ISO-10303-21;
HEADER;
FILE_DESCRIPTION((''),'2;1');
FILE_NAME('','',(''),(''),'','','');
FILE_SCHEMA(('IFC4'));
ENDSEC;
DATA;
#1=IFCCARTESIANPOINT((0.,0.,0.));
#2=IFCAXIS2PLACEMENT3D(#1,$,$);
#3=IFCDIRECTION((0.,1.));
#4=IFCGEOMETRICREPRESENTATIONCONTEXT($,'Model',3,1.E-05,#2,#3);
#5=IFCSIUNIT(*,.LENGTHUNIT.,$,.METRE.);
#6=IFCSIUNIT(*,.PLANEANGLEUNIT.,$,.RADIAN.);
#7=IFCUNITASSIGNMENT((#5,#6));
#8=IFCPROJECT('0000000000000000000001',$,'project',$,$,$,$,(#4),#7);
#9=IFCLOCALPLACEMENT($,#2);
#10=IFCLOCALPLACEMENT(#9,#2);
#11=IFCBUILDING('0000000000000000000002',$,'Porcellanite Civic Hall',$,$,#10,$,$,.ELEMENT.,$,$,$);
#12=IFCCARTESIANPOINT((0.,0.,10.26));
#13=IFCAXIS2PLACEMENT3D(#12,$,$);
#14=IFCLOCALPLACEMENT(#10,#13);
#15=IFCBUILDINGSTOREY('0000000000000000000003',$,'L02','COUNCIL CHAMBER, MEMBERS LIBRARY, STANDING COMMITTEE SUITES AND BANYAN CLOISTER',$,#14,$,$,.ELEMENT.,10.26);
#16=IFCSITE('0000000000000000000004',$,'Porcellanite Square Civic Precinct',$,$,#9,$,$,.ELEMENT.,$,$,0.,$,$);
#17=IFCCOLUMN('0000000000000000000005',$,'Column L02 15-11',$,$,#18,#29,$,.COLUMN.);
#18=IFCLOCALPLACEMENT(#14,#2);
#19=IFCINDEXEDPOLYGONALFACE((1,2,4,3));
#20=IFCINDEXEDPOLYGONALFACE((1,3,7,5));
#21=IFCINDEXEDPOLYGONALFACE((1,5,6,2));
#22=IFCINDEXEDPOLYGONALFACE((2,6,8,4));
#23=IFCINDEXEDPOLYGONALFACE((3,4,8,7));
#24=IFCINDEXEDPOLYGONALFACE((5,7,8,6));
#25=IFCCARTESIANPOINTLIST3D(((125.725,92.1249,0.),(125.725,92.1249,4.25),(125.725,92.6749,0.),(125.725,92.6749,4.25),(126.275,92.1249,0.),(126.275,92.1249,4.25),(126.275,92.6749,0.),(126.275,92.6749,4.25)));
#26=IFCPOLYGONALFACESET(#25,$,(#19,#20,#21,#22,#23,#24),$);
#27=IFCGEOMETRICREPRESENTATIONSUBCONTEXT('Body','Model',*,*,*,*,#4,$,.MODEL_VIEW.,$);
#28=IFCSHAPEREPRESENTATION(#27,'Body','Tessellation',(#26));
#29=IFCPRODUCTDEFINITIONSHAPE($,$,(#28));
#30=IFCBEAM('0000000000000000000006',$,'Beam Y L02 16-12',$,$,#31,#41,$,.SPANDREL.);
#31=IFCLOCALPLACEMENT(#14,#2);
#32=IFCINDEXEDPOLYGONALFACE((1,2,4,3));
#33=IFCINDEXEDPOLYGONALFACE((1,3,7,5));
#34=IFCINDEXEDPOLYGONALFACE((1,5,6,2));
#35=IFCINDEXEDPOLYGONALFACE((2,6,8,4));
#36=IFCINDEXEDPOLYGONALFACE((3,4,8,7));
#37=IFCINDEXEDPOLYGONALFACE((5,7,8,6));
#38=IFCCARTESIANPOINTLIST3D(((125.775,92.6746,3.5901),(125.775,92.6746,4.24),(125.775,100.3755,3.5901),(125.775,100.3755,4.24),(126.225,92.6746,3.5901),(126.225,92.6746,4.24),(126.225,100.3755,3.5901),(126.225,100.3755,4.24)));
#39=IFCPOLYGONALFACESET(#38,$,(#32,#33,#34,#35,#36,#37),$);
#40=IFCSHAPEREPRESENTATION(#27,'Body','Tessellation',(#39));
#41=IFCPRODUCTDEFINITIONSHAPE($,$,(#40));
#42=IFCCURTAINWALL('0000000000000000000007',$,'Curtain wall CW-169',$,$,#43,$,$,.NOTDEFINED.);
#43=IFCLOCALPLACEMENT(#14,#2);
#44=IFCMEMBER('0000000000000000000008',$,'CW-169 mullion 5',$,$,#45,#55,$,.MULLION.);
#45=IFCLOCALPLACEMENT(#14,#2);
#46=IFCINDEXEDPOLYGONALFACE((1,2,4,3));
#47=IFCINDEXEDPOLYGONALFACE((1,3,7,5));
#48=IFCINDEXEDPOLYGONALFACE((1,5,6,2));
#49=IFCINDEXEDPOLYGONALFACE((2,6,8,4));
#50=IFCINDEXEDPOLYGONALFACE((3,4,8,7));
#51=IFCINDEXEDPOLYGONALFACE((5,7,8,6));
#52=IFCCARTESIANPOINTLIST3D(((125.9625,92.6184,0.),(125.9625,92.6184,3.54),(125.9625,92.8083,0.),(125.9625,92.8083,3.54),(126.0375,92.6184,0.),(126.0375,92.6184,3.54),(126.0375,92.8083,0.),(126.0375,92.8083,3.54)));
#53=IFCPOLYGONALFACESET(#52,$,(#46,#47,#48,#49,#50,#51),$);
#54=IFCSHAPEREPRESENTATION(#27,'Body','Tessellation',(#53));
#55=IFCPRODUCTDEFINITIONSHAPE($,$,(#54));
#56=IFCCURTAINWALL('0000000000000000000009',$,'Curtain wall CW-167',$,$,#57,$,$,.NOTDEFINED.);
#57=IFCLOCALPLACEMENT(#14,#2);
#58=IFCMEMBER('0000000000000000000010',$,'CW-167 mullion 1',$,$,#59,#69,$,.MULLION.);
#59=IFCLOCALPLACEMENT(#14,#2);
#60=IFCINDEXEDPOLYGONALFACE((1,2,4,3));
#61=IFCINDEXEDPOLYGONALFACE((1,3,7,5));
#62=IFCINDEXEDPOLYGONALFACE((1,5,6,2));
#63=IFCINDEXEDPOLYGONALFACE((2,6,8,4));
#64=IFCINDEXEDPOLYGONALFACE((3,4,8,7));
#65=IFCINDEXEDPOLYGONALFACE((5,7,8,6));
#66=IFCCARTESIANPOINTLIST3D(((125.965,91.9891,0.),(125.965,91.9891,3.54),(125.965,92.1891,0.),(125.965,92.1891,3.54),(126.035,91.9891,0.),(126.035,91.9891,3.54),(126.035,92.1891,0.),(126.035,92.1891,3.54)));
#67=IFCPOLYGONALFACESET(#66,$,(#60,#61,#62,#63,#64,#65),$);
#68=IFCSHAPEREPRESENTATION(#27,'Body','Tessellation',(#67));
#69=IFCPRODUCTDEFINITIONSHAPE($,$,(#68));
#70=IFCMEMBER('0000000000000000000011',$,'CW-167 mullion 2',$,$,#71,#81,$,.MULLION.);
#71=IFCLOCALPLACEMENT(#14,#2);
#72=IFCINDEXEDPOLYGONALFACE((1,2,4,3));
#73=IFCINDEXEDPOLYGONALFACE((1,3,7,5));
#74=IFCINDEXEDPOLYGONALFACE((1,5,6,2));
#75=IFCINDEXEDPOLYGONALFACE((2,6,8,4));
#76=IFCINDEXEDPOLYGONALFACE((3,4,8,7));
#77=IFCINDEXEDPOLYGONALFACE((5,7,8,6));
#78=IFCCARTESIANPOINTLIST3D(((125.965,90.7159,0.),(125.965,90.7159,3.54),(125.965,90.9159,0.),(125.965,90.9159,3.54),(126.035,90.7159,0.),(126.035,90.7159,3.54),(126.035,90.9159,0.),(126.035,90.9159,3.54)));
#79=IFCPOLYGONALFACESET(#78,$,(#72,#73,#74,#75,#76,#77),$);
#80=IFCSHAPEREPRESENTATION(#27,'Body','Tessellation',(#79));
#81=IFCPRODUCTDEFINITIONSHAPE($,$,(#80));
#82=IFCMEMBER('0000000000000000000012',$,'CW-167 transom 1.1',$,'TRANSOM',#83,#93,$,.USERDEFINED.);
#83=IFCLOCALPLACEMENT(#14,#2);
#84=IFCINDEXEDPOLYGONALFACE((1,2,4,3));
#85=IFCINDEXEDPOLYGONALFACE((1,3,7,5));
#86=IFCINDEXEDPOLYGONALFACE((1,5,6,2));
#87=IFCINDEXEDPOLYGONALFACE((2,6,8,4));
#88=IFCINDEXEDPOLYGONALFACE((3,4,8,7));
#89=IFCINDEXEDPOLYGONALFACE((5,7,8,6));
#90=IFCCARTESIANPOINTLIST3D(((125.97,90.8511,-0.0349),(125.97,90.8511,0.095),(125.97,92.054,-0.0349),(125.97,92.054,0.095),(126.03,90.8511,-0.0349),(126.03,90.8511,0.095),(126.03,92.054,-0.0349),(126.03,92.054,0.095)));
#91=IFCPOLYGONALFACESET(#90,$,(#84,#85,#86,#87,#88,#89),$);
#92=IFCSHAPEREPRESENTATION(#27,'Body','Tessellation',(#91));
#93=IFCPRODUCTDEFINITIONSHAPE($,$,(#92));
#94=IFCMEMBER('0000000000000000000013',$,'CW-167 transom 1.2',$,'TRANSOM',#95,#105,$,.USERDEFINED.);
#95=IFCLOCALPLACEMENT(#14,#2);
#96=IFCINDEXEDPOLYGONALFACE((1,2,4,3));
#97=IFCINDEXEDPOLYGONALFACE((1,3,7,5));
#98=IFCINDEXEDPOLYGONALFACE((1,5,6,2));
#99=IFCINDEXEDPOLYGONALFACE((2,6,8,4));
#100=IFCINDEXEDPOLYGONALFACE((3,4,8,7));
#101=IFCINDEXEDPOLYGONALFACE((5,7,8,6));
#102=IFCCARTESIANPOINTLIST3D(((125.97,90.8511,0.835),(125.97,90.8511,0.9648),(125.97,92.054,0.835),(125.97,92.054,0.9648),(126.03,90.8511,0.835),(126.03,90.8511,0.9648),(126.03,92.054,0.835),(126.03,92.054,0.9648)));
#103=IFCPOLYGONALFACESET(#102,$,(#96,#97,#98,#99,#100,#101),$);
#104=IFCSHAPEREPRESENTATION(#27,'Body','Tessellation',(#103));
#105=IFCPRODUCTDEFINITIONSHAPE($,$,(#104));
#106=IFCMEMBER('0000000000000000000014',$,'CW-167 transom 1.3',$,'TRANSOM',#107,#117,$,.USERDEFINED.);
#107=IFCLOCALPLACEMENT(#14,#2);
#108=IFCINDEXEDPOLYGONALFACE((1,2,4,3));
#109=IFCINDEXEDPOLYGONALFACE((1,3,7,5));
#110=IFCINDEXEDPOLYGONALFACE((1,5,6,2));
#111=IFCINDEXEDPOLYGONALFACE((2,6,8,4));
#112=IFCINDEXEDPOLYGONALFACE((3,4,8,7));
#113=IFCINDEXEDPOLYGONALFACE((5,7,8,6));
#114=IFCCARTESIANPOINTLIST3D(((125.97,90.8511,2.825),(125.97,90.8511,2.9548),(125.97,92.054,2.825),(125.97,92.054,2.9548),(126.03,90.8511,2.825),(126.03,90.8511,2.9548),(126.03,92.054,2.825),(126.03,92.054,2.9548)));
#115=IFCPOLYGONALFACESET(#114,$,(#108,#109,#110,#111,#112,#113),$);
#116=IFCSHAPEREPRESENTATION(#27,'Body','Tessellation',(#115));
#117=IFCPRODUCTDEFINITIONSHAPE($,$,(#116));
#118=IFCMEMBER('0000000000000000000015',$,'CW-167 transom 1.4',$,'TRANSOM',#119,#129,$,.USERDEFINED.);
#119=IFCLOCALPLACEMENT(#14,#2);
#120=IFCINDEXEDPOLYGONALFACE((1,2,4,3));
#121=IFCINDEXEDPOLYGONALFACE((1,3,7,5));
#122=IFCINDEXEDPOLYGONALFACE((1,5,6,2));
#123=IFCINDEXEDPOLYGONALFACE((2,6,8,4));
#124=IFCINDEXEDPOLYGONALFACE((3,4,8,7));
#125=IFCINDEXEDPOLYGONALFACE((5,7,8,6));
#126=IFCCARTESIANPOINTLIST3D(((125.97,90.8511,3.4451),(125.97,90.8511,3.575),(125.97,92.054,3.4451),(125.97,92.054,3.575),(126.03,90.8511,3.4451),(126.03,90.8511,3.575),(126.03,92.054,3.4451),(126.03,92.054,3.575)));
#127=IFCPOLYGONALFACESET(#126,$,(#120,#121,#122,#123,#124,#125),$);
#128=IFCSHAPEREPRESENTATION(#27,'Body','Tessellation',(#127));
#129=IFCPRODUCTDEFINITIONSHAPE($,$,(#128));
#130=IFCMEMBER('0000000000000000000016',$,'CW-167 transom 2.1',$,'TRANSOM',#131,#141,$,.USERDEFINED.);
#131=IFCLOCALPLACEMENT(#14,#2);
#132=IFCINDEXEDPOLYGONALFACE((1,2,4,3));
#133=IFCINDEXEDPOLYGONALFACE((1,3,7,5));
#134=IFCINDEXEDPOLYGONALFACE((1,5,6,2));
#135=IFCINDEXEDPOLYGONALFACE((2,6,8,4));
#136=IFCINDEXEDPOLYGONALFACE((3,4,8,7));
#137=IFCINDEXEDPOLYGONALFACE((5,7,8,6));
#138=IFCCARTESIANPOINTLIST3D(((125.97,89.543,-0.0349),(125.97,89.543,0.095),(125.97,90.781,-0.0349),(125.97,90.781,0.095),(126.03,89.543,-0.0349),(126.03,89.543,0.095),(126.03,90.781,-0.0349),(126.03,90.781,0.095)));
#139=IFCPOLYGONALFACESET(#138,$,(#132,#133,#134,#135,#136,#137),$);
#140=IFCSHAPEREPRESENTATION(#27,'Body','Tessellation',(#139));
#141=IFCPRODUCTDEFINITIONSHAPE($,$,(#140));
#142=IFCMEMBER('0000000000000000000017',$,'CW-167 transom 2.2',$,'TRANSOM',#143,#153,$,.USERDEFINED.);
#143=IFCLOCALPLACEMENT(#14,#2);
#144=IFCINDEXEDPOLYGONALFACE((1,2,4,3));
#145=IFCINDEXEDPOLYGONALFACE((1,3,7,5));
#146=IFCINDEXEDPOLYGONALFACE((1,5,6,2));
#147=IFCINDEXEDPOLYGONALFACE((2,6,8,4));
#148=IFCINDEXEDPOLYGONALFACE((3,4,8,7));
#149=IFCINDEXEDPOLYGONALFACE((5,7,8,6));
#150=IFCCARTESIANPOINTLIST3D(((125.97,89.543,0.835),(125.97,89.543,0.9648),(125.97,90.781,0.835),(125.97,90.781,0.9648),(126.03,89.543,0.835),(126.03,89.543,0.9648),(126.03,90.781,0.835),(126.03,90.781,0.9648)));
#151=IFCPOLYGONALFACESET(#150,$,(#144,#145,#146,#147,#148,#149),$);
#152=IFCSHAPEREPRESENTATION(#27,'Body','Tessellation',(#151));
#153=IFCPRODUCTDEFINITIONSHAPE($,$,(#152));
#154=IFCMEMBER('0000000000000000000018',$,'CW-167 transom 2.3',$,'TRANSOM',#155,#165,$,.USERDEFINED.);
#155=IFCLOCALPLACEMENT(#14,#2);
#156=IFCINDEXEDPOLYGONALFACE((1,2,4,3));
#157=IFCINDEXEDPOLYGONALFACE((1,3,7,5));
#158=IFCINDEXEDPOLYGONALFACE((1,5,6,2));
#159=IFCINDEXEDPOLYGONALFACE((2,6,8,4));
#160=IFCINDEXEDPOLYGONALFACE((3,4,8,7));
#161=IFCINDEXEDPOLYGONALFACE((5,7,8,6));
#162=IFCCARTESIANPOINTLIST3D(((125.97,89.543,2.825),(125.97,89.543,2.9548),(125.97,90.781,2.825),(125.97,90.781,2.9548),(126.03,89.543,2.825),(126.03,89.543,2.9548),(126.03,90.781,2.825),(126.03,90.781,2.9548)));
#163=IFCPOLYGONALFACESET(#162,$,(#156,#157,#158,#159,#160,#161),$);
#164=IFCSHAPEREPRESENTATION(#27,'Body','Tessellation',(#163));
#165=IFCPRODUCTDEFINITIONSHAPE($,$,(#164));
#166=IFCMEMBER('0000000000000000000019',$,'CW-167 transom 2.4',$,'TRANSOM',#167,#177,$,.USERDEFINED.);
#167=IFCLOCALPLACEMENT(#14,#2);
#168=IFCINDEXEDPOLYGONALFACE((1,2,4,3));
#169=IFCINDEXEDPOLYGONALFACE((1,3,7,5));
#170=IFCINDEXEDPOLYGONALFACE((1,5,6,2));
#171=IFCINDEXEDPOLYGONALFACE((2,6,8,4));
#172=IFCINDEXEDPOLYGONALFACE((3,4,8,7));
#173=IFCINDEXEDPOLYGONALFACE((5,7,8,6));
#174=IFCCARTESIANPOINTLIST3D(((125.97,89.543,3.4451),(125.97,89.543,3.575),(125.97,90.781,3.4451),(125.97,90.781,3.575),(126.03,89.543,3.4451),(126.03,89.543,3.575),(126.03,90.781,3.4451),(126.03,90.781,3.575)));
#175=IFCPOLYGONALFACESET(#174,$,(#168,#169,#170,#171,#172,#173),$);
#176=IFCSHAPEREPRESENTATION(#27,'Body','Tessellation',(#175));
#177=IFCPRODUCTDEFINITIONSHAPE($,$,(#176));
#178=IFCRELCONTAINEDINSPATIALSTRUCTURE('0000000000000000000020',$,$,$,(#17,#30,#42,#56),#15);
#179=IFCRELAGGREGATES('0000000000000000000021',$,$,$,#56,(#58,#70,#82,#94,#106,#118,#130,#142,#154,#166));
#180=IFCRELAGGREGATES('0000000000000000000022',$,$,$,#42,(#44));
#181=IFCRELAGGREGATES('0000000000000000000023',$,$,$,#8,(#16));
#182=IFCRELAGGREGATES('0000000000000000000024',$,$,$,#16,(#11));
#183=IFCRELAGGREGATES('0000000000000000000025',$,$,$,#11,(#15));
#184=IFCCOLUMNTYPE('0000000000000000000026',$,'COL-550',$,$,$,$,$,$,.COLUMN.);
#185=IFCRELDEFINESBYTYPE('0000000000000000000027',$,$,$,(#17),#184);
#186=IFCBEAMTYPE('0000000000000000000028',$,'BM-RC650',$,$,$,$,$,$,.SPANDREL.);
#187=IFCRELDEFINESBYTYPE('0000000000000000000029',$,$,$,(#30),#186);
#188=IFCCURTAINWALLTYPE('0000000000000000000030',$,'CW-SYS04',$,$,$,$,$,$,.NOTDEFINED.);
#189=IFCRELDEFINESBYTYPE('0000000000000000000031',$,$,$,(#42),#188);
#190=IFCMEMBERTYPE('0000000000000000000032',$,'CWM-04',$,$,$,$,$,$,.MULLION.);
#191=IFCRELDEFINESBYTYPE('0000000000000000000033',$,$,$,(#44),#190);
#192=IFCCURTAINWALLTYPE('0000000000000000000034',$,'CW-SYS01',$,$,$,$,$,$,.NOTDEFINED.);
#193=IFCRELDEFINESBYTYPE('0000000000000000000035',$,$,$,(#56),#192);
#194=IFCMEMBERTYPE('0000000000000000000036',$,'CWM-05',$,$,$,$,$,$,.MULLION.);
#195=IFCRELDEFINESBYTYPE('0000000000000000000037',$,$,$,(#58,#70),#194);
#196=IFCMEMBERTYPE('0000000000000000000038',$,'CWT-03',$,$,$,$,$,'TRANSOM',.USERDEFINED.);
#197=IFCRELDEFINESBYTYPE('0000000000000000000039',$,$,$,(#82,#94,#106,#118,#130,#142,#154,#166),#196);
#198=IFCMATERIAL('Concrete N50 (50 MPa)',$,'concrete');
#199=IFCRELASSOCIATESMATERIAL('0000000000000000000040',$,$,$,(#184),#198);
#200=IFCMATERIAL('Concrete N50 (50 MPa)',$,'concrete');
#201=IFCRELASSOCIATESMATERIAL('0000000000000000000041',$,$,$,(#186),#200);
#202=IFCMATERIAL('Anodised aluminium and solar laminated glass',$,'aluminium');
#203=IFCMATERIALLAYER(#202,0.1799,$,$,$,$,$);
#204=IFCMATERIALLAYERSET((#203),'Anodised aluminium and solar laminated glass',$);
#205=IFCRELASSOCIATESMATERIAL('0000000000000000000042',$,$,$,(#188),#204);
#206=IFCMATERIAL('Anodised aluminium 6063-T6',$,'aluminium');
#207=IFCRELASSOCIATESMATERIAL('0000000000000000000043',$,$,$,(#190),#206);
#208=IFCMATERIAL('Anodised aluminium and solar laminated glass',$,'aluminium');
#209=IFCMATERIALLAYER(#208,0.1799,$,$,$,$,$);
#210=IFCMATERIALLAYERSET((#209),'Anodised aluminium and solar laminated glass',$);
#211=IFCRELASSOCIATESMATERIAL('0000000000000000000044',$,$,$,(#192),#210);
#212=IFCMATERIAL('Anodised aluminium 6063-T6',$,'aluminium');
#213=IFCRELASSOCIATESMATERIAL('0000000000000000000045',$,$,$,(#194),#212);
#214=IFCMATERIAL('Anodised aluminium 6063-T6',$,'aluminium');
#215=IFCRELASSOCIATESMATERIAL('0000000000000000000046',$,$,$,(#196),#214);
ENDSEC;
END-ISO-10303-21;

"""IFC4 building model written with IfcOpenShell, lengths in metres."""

from ifc_helpers import new_model, si_unit, direction, frame, origin, origin_2d, place, context, subcontext, project, spatial, rectangle, extrude, material, layer, layer_set, material_profile, profile_set, type_object, element, aggregate, save


model = new_model("IFC4")

# Units and contexts
model_context = context("Model", 3, precision=1e-05, world=origin(), true_north=direction((0.0, 1.0)))
body_context = subcontext(model_context, "Body", "Model", "MODEL_VIEW")
ifc_project = project(units=[si_unit("LENGTHUNIT", "METRE"), si_unit("PLANEANGLEUNIT", "RADIAN")], contexts=[model_context])

# Site, building, storey
site_placement = place(None, origin())
site = spatial("IfcSite", under=ifc_project, at=site_placement, Name="Porcellanite Square Civic Precinct", CompositionType="ELEMENT", RefElevation=0.0)
building_placement = place(site_placement, origin())
building = spatial("IfcBuilding", under=site, at=building_placement, Name="Porcellanite Civic Hall", CompositionType="ELEMENT")
storey_placement = place(building_placement, frame((0.0, 0.0, 10.26)))
storey = spatial("IfcBuildingStorey", under=building, at=storey_placement, Name="L02", Description="COUNCIL CHAMBER, MEMBERS LIBRARY, STANDING COMMITTEE SUITES AND BANYAN CLOISTER", CompositionType="ELEMENT", Elevation=10.26)

# Column
ifc_material_1 = material(Name="Concrete N50 (50 MPa)", Category="concrete")
ifc_material_profile_1 = material_profile(ifc_material_1, rectangle(XDim=0.55, YDim=0.55, at=origin_2d()), Name="RC-550x550")
ifc_profile_set_1 = profile_set([ifc_material_profile_1], Name="Concrete N50 (50 MPa)")
column_type = type_object("IfcColumnType", Name="COL-550", PredefinedType="COLUMN", material=ifc_profile_set_1)
column_placement = place(storey_placement, frame((126.0, 92.3999, 0.0), z_axis=(0.0, 0.0, 1.0), x_axis=(1.0, 0.0, 0.0)))
element("IfcColumn", 1, at=column_placement, inside=storey, type_object=column_type, Name="Column L02 15-11", PredefinedType="COLUMN", context=body_context, shape_type="SweptSolid", body=[
    extrude(rectangle(XDim=0.55, YDim=0.55, at=origin_2d()), origin(), (0.0, 0.0, 1.0), 4.25),
])

# Beam
ifc_material_2 = material(Name="Concrete N50 (50 MPa)", Category="concrete")
ifc_material_profile_2 = material_profile(ifc_material_2, rectangle(XDim=0.45, YDim=0.6499, at=origin_2d()), Name="RC-450x650")
ifc_profile_set_2 = profile_set([ifc_material_profile_2], Name="Concrete N50 (50 MPa)")
beam_type = type_object("IfcBeamType", Name="BM-RC650", PredefinedType="SPANDREL", material=ifc_profile_set_2)
beam_placement = place(storey_placement, frame((126.0, 92.6746, 3.915), z_axis=(0.0, 1.0, 0.0), x_axis=(-1.0, 0.0, 0.0)))
element("IfcBeam", 2, at=beam_placement, inside=storey, type_object=beam_type, Name="Beam Y L02 16-12", PredefinedType="SPANDREL", context=body_context, shape_type="SweptSolid", body=[
    extrude(rectangle(XDim=0.45, YDim=0.6499, at=origin_2d()), origin(), (0.0, 0.0, 1.0), 7.7009),
])

# Curtain wall, member
ifc_material_3 = material(Name="Anodised aluminium and solar laminated glass", Category="aluminium")
ifc_layer_1 = layer(ifc_material_3, 0.1799)
ifc_layer_set_1 = layer_set([ifc_layer_1], Name="Anodised aluminium and solar laminated glass")
curtain_wall_type_1 = type_object("IfcCurtainWallType", Name="CW-SYS04", PredefinedType="NOTDEFINED", material=ifc_layer_set_1)
curtain_wall_1_placement = place(storey_placement, origin())
curtain_wall_1 = element("IfcCurtainWall", 3, at=curtain_wall_1_placement, inside=storey, type_object=curtain_wall_type_1, Name="Curtain wall CW-169", PredefinedType="NOTDEFINED")
ifc_material_4 = material(Name="Anodised aluminium 6063-T6", Category="aluminium")
ifc_material_profile_3 = material_profile(ifc_material_4, rectangle(XDim=0.075, YDim=0.1899, at=origin_2d()), Name="AL-75x190")
ifc_profile_set_3 = profile_set([ifc_material_profile_3], Name="Anodised aluminium 6063-T6")
member_type_1 = type_object("IfcMemberType", Name="CWM-04", PredefinedType="MULLION", material=ifc_profile_set_3)
member_1_placement = place(storey_placement, frame((126.0, 92.7134, 0.0), z_axis=(0.0, 0.0, 1.0), x_axis=(1.0, 0.0, 0.0)))
member_1 = element("IfcMember", 4, at=member_1_placement, type_object=member_type_1, Name="CW-169 mullion 5", PredefinedType="MULLION", context=body_context, shape_type="SweptSolid", body=[
    extrude(rectangle(XDim=0.075, YDim=0.1899, at=origin_2d()), origin(), (0.0, 0.0, 1.0), 3.54),
])

# Curtain wall, members
ifc_material_5 = material(Name="Anodised aluminium and solar laminated glass", Category="aluminium")
ifc_layer_2 = layer(ifc_material_5, 0.1799)
ifc_layer_set_2 = layer_set([ifc_layer_2], Name="Anodised aluminium and solar laminated glass")
curtain_wall_type_2 = type_object("IfcCurtainWallType", Name="CW-SYS01", PredefinedType="NOTDEFINED", material=ifc_layer_set_2)
curtain_wall_2_placement = place(storey_placement, origin())
curtain_wall_2 = element("IfcCurtainWall", 5, at=curtain_wall_2_placement, inside=storey, type_object=curtain_wall_type_2, Name="Curtain wall CW-167", PredefinedType="NOTDEFINED")
ifc_material_6 = material(Name="Anodised aluminium 6063-T6", Category="aluminium")
ifc_material_profile_4 = material_profile(ifc_material_6, rectangle(XDim=0.0701, YDim=0.2, at=origin_2d()), Name="AL-70x200")
ifc_profile_set_4 = profile_set([ifc_material_profile_4], Name="Anodised aluminium 6063-T6")
member_type_2 = type_object("IfcMemberType", Name="CWM-05", PredefinedType="MULLION", material=ifc_profile_set_4)
member_2_placement = place(storey_placement, frame((126.0, 92.0891, 0.0), z_axis=(0.0, 0.0, 1.0), x_axis=(1.0, 0.0, 0.0)))
member_2 = element("IfcMember", 6, at=member_2_placement, type_object=member_type_2, Name="CW-167 mullion 1", PredefinedType="MULLION", context=body_context, shape_type="SweptSolid", body=[
    extrude(rectangle(XDim=0.0701, YDim=0.2, at=origin_2d()), origin(), (0.0, 0.0, 1.0), 3.54),
])
member_3_placement = place(storey_placement, frame((126.0, 90.8159, 0.0), z_axis=(0.0, 0.0, 1.0), x_axis=(1.0, 0.0, 0.0)))
member_3 = element("IfcMember", 7, at=member_3_placement, type_object=member_type_2, Name="CW-167 mullion 2", PredefinedType="MULLION", context=body_context, shape_type="SweptSolid", body=[
    extrude(rectangle(XDim=0.0701, YDim=0.2, at=origin_2d()), origin(), (0.0, 0.0, 1.0), 3.54),
])
ifc_material_7 = material(Name="Anodised aluminium 6063-T6", Category="aluminium")
ifc_material_profile_5 = material_profile(ifc_material_7, rectangle(XDim=0.0601, YDim=0.1299, at=origin_2d()), Name="AL-60x130")
ifc_profile_set_5 = profile_set([ifc_material_profile_5], Name="Anodised aluminium 6063-T6")
member_type_3 = type_object("IfcMemberType", Name="CWT-03", ElementType="TRANSOM", PredefinedType="USERDEFINED", material=ifc_profile_set_5)
member_4_placement = place(storey_placement, frame((126.0, 92.054, 0.03), z_axis=(0.0, -1.0, 0.0), x_axis=(1.0, 0.0, 0.0)))
member_4 = element("IfcMember", 8, at=member_4_placement, type_object=member_type_3, Name="CW-167 transom 1.1", ObjectType="TRANSOM", PredefinedType="USERDEFINED", context=body_context, shape_type="SweptSolid", body=[
    extrude(rectangle(XDim=0.0601, YDim=0.1299, at=origin_2d()), origin(), (0.0, 0.0, 1.0), 1.2029),
])
member_5_placement = place(storey_placement, frame((126.0, 92.054, 0.8999), z_axis=(0.0, -1.0, 0.0), x_axis=(1.0, 0.0, 0.0)))
member_5 = element("IfcMember", 9, at=member_5_placement, type_object=member_type_3, Name="CW-167 transom 1.2", ObjectType="TRANSOM", PredefinedType="USERDEFINED", context=body_context, shape_type="SweptSolid", body=[
    extrude(rectangle(XDim=0.0601, YDim=0.1299, at=origin_2d()), origin(), (0.0, 0.0, 1.0), 1.2029),
])
member_6_placement = place(storey_placement, frame((126.0, 92.054, 2.8899), z_axis=(0.0, -1.0, 0.0), x_axis=(1.0, 0.0, 0.0)))
member_6 = element("IfcMember", 10, at=member_6_placement, type_object=member_type_3, Name="CW-167 transom 1.3", ObjectType="TRANSOM", PredefinedType="USERDEFINED", context=body_context, shape_type="SweptSolid", body=[
    extrude(rectangle(XDim=0.0601, YDim=0.1299, at=origin_2d()), origin(), (0.0, 0.0, 1.0), 1.2029),
])
member_7_placement = place(storey_placement, frame((126.0, 92.054, 3.51), z_axis=(0.0, -1.0, 0.0), x_axis=(1.0, 0.0, 0.0)))
member_7 = element("IfcMember", 11, at=member_7_placement, type_object=member_type_3, Name="CW-167 transom 1.4", ObjectType="TRANSOM", PredefinedType="USERDEFINED", context=body_context, shape_type="SweptSolid", body=[
    extrude(rectangle(XDim=0.0601, YDim=0.1299, at=origin_2d()), origin(), (0.0, 0.0, 1.0), 1.2029),
])
member_8_placement = place(storey_placement, frame((126.0, 90.781, 0.03), z_axis=(0.0, -1.0, 0.0), x_axis=(1.0, 0.0, 0.0)))
member_8 = element("IfcMember", 12, at=member_8_placement, type_object=member_type_3, Name="CW-167 transom 2.1", ObjectType="TRANSOM", PredefinedType="USERDEFINED", context=body_context, shape_type="SweptSolid", body=[
    extrude(rectangle(XDim=0.0601, YDim=0.1299, at=origin_2d()), origin(), (0.0, 0.0, 1.0), 1.238),
])
member_9_placement = place(storey_placement, frame((126.0, 90.781, 0.8999), z_axis=(0.0, -1.0, 0.0), x_axis=(1.0, 0.0, 0.0)))
member_9 = element("IfcMember", 13, at=member_9_placement, type_object=member_type_3, Name="CW-167 transom 2.2", ObjectType="TRANSOM", PredefinedType="USERDEFINED", context=body_context, shape_type="SweptSolid", body=[
    extrude(rectangle(XDim=0.0601, YDim=0.1299, at=origin_2d()), origin(), (0.0, 0.0, 1.0), 1.238),
])
member_10_placement = place(storey_placement, frame((126.0, 90.781, 2.8899), z_axis=(0.0, -1.0, 0.0), x_axis=(1.0, 0.0, 0.0)))
member_10 = element("IfcMember", 14, at=member_10_placement, type_object=member_type_3, Name="CW-167 transom 2.3", ObjectType="TRANSOM", PredefinedType="USERDEFINED", context=body_context, shape_type="SweptSolid", body=[
    extrude(rectangle(XDim=0.0601, YDim=0.1299, at=origin_2d()), origin(), (0.0, 0.0, 1.0), 1.238),
])
member_11_placement = place(storey_placement, frame((126.0, 90.781, 3.51), z_axis=(0.0, -1.0, 0.0), x_axis=(1.0, 0.0, 0.0)))
member_11 = element("IfcMember", 15, at=member_11_placement, type_object=member_type_3, Name="CW-167 transom 2.4", ObjectType="TRANSOM", PredefinedType="USERDEFINED", context=body_context, shape_type="SweptSolid", body=[
    extrude(rectangle(XDim=0.0601, YDim=0.1299, at=origin_2d()), origin(), (0.0, 0.0, 1.0), 1.238),
])

aggregate(curtain_wall_2, [member_2, member_3, member_4, member_5, member_6, member_7, member_8, member_9, member_10, member_11])
aggregate(curtain_wall_1, [member_1])

save(model, "model.ifc")
